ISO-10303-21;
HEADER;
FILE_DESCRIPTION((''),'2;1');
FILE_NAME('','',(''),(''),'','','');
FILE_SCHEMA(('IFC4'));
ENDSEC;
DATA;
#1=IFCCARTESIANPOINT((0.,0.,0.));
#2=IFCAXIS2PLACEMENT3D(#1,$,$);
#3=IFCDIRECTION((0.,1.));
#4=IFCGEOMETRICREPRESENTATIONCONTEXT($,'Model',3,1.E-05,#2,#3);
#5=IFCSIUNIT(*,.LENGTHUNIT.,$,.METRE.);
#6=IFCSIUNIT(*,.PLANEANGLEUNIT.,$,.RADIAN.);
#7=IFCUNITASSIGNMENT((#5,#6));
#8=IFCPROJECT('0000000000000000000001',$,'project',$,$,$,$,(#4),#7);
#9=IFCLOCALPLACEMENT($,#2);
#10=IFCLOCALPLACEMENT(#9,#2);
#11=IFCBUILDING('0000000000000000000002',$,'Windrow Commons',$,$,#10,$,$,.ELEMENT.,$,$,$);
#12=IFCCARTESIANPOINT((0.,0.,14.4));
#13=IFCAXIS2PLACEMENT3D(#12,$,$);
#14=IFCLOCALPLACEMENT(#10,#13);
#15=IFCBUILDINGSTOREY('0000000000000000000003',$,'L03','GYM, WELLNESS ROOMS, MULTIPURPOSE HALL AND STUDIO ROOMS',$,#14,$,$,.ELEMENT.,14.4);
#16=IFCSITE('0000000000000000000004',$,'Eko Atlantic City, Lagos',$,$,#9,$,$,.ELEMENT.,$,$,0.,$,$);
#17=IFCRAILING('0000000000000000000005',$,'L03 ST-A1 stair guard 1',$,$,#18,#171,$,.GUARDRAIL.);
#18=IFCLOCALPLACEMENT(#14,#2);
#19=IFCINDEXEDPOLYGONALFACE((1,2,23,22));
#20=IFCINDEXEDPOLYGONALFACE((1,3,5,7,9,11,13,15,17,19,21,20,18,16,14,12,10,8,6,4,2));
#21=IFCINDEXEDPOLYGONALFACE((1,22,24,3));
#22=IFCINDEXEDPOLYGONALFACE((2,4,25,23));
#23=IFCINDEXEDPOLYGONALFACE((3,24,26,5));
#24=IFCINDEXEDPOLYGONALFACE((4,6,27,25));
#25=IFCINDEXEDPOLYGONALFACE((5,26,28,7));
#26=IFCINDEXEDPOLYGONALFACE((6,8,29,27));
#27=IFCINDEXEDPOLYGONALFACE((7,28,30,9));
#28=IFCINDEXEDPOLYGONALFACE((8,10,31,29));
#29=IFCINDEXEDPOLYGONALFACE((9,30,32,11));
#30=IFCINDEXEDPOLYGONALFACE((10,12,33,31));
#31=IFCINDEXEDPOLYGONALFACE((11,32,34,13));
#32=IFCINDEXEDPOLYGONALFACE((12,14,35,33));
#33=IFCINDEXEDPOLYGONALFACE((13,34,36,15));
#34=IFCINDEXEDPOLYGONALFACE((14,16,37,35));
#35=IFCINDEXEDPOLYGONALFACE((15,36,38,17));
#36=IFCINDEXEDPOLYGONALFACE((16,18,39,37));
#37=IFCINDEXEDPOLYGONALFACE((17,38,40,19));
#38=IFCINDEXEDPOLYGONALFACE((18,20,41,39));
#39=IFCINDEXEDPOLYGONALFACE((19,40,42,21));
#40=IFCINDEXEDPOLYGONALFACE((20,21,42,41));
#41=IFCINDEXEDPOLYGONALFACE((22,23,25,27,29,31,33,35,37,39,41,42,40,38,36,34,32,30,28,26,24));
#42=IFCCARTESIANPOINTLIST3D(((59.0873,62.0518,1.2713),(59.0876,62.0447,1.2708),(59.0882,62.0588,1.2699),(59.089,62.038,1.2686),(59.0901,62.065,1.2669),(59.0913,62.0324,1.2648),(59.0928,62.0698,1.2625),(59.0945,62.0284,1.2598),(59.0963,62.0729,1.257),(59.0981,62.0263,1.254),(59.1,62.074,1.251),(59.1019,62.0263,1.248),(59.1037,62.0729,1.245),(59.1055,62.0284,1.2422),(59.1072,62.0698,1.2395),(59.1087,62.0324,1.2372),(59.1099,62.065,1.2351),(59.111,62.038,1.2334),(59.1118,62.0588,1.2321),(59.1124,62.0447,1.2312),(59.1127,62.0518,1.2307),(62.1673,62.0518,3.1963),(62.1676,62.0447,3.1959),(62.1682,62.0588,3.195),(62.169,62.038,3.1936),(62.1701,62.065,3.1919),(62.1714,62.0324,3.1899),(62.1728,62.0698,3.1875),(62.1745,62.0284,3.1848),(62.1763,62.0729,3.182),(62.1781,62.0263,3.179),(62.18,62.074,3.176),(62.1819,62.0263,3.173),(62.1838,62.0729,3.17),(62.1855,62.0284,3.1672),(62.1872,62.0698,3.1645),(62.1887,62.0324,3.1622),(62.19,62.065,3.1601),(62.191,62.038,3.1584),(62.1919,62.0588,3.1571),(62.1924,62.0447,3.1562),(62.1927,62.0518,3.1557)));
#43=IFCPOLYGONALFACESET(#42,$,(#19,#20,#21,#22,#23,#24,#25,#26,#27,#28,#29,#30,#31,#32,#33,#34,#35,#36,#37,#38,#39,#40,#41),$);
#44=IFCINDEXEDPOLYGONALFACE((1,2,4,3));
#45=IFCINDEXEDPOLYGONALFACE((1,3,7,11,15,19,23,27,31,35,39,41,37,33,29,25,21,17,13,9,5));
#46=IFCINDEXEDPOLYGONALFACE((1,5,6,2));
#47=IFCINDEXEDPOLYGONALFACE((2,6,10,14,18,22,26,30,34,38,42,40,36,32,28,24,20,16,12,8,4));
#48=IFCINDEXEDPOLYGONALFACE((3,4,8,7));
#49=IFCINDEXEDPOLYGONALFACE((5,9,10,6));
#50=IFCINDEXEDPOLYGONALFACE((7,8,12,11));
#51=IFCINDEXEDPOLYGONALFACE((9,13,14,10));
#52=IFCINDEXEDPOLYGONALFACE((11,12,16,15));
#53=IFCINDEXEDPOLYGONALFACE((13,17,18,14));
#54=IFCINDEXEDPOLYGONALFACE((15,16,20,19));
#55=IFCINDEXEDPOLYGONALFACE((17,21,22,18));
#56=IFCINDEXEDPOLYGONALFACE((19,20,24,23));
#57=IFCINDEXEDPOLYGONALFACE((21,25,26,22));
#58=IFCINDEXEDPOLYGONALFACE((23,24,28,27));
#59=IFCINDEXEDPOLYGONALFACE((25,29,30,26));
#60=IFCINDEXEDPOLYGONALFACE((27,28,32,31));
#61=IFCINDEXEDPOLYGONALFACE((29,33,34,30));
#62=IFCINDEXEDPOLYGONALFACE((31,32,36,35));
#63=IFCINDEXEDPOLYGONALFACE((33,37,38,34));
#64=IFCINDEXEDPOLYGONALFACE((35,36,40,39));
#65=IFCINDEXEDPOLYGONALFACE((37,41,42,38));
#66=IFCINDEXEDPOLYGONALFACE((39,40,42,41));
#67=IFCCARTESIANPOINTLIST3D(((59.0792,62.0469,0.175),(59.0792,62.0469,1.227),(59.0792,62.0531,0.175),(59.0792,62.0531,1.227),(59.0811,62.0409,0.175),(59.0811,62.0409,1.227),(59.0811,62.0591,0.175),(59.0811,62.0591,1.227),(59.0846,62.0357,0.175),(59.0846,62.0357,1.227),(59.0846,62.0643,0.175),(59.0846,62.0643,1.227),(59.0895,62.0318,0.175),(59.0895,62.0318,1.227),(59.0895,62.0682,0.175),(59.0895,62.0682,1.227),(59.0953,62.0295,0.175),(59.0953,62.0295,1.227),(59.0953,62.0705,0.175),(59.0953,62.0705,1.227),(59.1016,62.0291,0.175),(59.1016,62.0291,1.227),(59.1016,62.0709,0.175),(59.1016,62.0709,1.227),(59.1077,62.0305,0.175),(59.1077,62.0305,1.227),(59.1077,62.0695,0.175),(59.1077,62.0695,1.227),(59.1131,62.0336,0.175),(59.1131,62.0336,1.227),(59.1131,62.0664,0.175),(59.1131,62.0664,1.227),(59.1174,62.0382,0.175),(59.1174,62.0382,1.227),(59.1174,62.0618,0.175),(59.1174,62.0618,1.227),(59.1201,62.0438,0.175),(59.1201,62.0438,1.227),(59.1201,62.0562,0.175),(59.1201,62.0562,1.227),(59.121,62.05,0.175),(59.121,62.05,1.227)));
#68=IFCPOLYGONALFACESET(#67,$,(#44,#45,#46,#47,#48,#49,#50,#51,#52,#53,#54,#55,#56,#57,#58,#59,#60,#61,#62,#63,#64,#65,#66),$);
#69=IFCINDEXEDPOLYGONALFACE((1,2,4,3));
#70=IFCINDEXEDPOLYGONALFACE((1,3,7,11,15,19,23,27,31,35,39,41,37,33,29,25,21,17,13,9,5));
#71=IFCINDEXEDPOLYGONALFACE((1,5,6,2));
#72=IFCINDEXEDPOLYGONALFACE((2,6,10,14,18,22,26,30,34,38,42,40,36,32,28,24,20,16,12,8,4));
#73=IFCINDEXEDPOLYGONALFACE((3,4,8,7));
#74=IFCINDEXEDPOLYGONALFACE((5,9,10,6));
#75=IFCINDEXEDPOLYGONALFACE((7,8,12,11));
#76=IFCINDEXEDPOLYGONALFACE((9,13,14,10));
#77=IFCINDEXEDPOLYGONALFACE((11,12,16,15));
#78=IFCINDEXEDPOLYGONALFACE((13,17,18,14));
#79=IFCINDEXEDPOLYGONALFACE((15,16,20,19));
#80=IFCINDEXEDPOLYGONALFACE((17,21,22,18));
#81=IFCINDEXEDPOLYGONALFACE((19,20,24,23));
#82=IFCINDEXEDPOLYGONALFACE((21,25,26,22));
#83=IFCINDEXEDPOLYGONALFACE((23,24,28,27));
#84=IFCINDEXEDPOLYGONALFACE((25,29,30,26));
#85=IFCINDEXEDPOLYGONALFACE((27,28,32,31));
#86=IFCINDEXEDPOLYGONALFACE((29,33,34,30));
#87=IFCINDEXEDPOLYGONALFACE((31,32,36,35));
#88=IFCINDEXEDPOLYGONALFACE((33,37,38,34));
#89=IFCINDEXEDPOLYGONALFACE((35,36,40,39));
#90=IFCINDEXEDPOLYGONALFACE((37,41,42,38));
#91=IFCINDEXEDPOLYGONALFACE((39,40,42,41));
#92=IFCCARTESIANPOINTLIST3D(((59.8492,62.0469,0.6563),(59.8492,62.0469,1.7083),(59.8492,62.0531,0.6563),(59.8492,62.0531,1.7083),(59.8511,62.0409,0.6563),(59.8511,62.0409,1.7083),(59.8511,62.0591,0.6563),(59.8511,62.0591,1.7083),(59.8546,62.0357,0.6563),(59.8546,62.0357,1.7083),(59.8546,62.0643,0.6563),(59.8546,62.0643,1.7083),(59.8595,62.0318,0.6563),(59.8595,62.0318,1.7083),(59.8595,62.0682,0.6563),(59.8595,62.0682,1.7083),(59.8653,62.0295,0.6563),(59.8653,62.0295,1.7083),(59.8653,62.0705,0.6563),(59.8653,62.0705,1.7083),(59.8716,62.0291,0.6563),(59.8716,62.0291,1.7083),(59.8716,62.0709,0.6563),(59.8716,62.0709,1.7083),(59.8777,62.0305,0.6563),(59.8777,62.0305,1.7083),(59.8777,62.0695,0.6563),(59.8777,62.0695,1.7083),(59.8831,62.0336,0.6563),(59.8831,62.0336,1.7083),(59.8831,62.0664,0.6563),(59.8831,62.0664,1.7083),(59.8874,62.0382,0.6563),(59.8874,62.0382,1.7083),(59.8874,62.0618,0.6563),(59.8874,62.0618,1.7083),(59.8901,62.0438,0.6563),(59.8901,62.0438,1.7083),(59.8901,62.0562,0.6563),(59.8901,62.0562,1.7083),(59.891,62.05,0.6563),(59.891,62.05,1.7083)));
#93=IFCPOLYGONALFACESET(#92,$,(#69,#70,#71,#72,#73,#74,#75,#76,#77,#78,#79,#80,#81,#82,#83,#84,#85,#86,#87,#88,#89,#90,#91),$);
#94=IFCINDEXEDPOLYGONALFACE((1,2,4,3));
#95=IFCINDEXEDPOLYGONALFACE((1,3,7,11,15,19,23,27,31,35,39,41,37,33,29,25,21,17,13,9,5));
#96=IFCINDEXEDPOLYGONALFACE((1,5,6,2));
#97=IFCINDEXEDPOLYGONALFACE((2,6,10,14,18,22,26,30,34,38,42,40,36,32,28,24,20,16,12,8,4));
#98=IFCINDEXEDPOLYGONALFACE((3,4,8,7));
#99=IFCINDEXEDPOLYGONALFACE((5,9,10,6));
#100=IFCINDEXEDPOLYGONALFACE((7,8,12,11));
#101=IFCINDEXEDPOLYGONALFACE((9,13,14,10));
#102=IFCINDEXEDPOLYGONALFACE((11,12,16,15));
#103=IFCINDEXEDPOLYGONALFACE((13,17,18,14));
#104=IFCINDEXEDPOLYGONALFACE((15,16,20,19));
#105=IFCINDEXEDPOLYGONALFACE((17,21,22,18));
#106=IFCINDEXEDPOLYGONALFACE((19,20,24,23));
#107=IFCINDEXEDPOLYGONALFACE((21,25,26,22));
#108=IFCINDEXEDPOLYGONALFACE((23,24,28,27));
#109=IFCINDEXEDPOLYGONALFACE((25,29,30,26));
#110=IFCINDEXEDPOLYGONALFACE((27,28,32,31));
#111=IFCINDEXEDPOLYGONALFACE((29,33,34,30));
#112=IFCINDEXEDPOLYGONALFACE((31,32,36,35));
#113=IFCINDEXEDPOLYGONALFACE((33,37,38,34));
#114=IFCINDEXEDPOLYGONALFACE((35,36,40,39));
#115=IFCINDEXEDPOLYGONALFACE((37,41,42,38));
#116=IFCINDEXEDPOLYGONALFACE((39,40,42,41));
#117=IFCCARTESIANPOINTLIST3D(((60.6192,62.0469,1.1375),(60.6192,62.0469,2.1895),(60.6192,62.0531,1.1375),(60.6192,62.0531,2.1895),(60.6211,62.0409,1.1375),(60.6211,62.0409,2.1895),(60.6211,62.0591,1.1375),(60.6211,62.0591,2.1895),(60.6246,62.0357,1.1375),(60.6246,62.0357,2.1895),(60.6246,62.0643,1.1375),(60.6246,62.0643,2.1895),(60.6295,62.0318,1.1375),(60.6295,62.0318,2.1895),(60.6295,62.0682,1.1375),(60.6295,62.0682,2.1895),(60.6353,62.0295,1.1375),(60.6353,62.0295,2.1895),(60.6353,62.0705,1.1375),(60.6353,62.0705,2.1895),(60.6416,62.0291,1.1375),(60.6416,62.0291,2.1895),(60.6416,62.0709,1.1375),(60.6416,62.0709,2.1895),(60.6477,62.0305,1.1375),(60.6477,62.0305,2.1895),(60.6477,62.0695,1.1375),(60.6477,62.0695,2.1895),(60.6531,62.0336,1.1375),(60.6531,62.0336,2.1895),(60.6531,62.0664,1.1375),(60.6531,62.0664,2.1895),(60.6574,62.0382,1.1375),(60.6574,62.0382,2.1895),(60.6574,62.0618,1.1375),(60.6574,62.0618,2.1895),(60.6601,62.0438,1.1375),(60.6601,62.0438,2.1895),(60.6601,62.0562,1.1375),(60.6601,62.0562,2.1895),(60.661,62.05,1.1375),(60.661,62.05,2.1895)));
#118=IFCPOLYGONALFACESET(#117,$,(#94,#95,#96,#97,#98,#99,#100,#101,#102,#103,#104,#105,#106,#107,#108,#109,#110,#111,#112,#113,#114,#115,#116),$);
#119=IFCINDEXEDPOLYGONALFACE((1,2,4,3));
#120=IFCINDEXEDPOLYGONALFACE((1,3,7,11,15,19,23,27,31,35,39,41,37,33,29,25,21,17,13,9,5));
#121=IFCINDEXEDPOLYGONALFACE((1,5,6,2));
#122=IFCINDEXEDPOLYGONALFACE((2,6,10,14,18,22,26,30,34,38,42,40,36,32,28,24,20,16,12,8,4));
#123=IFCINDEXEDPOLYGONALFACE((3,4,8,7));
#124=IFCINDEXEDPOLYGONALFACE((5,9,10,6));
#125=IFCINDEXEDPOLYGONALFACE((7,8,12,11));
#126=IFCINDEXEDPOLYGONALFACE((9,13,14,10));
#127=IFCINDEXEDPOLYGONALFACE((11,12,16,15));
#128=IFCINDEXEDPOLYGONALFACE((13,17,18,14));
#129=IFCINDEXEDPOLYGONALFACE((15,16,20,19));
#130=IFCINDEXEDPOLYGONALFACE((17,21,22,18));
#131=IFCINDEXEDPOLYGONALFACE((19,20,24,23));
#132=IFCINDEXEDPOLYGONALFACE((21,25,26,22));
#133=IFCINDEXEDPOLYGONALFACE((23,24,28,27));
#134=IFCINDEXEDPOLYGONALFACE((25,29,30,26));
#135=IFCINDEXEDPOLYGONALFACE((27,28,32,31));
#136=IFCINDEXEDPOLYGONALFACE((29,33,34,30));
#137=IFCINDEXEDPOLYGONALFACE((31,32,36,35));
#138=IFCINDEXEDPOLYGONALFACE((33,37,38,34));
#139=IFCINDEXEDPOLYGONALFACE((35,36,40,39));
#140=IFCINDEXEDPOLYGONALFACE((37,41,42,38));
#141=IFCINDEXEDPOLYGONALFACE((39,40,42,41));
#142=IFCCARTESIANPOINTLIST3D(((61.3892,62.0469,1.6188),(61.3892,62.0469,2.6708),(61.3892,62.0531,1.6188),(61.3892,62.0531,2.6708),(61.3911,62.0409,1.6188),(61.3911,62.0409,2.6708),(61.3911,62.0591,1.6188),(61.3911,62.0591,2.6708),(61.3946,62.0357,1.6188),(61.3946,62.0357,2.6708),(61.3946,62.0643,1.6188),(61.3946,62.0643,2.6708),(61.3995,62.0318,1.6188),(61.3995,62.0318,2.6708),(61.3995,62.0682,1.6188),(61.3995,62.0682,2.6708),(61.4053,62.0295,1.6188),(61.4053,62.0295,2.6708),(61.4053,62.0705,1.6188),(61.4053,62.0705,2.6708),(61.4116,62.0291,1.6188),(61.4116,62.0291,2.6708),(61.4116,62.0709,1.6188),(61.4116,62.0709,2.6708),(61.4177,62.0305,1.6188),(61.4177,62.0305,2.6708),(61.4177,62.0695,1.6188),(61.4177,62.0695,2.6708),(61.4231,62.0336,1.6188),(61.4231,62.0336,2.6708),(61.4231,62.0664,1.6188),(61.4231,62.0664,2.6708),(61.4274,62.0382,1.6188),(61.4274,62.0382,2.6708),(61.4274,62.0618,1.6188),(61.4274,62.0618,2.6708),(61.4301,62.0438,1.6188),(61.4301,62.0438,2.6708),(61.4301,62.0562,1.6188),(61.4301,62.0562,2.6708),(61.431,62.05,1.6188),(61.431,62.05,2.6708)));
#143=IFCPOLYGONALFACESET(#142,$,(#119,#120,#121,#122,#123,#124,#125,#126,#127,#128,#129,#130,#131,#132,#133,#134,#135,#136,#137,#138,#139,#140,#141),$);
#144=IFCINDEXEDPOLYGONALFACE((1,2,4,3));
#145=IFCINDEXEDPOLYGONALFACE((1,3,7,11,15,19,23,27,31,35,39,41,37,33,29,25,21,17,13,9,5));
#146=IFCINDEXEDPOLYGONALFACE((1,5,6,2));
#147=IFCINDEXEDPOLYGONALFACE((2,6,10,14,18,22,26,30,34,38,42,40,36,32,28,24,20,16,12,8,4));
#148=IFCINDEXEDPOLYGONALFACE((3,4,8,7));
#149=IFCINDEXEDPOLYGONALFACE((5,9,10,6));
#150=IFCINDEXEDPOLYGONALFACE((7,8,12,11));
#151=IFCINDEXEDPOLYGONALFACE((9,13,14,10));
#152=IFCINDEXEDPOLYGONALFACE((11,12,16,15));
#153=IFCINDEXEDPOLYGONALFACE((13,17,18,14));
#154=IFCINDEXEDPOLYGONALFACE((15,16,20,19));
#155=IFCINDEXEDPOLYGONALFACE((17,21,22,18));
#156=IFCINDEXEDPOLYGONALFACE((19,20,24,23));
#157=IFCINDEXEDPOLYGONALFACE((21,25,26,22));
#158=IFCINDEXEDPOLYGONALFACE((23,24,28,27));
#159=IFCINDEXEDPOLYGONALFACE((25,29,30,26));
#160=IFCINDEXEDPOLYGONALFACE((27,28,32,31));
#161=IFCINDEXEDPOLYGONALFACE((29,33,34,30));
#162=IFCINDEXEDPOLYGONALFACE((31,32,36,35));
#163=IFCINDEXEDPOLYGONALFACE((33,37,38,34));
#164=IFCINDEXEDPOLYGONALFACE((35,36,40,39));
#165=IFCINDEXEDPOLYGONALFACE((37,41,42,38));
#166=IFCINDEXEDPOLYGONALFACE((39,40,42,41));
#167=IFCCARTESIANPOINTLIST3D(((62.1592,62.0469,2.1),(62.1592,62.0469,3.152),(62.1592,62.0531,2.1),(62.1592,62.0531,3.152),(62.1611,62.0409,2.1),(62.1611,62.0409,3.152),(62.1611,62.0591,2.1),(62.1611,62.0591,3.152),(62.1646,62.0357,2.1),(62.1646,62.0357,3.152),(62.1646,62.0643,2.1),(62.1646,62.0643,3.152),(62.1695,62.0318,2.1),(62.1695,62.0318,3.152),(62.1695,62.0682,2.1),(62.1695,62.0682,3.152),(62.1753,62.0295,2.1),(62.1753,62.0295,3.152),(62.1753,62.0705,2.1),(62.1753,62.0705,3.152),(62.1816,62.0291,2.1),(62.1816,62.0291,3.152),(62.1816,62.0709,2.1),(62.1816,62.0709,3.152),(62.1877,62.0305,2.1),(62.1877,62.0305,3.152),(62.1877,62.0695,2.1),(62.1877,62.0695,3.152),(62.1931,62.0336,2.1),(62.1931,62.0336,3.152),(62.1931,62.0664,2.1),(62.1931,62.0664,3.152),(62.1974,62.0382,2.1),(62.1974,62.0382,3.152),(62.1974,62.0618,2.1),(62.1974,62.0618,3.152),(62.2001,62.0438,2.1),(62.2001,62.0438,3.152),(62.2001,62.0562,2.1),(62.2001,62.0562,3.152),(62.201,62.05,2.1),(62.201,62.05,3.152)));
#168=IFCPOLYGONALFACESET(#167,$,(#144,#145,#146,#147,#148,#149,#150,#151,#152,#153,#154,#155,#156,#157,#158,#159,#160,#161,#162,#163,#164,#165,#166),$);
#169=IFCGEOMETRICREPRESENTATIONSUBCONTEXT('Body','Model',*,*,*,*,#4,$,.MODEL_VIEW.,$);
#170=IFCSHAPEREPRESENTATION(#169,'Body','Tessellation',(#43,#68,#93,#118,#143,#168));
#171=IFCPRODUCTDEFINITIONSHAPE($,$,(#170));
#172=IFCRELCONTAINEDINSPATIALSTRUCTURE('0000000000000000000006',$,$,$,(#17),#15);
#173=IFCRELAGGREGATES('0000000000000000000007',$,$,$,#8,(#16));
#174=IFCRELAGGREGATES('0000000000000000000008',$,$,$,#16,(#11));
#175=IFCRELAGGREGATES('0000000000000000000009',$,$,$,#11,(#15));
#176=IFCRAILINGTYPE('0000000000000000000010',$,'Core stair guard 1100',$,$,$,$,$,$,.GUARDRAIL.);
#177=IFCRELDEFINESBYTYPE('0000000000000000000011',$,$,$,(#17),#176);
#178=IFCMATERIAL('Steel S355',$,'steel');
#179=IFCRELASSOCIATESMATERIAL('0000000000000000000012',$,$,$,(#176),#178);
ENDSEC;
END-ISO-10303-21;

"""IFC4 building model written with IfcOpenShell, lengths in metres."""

from ifc_helpers import new_model, si_unit, direction, frame, origin, origin_2d, place, context, subcontext, project, spatial, circle, extrude, material, type_object, element, save


model = new_model("IFC4")

# Units and contexts
model_context = context("Model", 3, precision=1e-05, world=origin(), true_north=direction((0.0, 1.0)))
body_context = subcontext(model_context, "Body", "Model", "MODEL_VIEW")
ifc_project = project(units=[si_unit("LENGTHUNIT", "METRE"), si_unit("PLANEANGLEUNIT", "RADIAN")], contexts=[model_context])

# Site, building, storey
site_placement = place(None, origin())
site = spatial("IfcSite", under=ifc_project, at=site_placement, Name="Eko Atlantic City, Lagos", CompositionType="ELEMENT", RefElevation=0.0)
building_placement = place(site_placement, origin())
building = spatial("IfcBuilding", under=site, at=building_placement, Name="Windrow Commons", CompositionType="ELEMENT")
storey_placement = place(building_placement, frame((0.0, 0.0, 14.4)))
storey = spatial("IfcBuildingStorey", under=building, at=storey_placement, Name="L03", Description="GYM, WELLNESS ROOMS, MULTIPURPOSE HALL AND STUDIO ROOMS", CompositionType="ELEMENT", Elevation=14.4)

# Railing
ifc_material_1 = material(Name="Steel S355", Category="steel")
railing_type_1 = type_object("IfcRailingType", Name="Core stair guard 1100", PredefinedType="GUARDRAIL", material=ifc_material_1)
railing_1_placement = place(storey_placement, frame((59.1, 62.05, 0.175)))
element("IfcRailing", 1, at=railing_1_placement, inside=storey, type_object=railing_type_1, Name="L03 ST-A1 stair guard 1", PredefinedType="GUARDRAIL", context=body_context, shape_type="SweptSolid", body=[
    extrude(circle(Radius=0.024, at=origin_2d()), frame((0.0, 0.0, 1.076), z_axis=(0.847998, 0.0, 0.529999), x_axis=(0.0, 1.0, 0.0)), (0.0, 0.0, 1.0), 3.6321),
    extrude(circle(Radius=0.021, at=origin_2d()), origin(), (0.0, 0.0, 1.0), 1.052),
    extrude(circle(Radius=0.021, at=origin_2d()), frame((0.77, 0.0, 0.4813)), (0.0, 0.0, 1.0), 1.052),
    extrude(circle(Radius=0.021, at=origin_2d()), frame((1.54, 0.0, 0.9625)), (0.0, 0.0, 1.0), 1.052),
    extrude(circle(Radius=0.021, at=origin_2d()), frame((2.31, 0.0, 1.4438)), (0.0, 0.0, 1.0), 1.052),
    extrude(circle(Radius=0.021, at=origin_2d()), frame((3.08, 0.0, 1.925)), (0.0, 0.0, 1.0), 1.052),
])

save(model, "model.ifc")
